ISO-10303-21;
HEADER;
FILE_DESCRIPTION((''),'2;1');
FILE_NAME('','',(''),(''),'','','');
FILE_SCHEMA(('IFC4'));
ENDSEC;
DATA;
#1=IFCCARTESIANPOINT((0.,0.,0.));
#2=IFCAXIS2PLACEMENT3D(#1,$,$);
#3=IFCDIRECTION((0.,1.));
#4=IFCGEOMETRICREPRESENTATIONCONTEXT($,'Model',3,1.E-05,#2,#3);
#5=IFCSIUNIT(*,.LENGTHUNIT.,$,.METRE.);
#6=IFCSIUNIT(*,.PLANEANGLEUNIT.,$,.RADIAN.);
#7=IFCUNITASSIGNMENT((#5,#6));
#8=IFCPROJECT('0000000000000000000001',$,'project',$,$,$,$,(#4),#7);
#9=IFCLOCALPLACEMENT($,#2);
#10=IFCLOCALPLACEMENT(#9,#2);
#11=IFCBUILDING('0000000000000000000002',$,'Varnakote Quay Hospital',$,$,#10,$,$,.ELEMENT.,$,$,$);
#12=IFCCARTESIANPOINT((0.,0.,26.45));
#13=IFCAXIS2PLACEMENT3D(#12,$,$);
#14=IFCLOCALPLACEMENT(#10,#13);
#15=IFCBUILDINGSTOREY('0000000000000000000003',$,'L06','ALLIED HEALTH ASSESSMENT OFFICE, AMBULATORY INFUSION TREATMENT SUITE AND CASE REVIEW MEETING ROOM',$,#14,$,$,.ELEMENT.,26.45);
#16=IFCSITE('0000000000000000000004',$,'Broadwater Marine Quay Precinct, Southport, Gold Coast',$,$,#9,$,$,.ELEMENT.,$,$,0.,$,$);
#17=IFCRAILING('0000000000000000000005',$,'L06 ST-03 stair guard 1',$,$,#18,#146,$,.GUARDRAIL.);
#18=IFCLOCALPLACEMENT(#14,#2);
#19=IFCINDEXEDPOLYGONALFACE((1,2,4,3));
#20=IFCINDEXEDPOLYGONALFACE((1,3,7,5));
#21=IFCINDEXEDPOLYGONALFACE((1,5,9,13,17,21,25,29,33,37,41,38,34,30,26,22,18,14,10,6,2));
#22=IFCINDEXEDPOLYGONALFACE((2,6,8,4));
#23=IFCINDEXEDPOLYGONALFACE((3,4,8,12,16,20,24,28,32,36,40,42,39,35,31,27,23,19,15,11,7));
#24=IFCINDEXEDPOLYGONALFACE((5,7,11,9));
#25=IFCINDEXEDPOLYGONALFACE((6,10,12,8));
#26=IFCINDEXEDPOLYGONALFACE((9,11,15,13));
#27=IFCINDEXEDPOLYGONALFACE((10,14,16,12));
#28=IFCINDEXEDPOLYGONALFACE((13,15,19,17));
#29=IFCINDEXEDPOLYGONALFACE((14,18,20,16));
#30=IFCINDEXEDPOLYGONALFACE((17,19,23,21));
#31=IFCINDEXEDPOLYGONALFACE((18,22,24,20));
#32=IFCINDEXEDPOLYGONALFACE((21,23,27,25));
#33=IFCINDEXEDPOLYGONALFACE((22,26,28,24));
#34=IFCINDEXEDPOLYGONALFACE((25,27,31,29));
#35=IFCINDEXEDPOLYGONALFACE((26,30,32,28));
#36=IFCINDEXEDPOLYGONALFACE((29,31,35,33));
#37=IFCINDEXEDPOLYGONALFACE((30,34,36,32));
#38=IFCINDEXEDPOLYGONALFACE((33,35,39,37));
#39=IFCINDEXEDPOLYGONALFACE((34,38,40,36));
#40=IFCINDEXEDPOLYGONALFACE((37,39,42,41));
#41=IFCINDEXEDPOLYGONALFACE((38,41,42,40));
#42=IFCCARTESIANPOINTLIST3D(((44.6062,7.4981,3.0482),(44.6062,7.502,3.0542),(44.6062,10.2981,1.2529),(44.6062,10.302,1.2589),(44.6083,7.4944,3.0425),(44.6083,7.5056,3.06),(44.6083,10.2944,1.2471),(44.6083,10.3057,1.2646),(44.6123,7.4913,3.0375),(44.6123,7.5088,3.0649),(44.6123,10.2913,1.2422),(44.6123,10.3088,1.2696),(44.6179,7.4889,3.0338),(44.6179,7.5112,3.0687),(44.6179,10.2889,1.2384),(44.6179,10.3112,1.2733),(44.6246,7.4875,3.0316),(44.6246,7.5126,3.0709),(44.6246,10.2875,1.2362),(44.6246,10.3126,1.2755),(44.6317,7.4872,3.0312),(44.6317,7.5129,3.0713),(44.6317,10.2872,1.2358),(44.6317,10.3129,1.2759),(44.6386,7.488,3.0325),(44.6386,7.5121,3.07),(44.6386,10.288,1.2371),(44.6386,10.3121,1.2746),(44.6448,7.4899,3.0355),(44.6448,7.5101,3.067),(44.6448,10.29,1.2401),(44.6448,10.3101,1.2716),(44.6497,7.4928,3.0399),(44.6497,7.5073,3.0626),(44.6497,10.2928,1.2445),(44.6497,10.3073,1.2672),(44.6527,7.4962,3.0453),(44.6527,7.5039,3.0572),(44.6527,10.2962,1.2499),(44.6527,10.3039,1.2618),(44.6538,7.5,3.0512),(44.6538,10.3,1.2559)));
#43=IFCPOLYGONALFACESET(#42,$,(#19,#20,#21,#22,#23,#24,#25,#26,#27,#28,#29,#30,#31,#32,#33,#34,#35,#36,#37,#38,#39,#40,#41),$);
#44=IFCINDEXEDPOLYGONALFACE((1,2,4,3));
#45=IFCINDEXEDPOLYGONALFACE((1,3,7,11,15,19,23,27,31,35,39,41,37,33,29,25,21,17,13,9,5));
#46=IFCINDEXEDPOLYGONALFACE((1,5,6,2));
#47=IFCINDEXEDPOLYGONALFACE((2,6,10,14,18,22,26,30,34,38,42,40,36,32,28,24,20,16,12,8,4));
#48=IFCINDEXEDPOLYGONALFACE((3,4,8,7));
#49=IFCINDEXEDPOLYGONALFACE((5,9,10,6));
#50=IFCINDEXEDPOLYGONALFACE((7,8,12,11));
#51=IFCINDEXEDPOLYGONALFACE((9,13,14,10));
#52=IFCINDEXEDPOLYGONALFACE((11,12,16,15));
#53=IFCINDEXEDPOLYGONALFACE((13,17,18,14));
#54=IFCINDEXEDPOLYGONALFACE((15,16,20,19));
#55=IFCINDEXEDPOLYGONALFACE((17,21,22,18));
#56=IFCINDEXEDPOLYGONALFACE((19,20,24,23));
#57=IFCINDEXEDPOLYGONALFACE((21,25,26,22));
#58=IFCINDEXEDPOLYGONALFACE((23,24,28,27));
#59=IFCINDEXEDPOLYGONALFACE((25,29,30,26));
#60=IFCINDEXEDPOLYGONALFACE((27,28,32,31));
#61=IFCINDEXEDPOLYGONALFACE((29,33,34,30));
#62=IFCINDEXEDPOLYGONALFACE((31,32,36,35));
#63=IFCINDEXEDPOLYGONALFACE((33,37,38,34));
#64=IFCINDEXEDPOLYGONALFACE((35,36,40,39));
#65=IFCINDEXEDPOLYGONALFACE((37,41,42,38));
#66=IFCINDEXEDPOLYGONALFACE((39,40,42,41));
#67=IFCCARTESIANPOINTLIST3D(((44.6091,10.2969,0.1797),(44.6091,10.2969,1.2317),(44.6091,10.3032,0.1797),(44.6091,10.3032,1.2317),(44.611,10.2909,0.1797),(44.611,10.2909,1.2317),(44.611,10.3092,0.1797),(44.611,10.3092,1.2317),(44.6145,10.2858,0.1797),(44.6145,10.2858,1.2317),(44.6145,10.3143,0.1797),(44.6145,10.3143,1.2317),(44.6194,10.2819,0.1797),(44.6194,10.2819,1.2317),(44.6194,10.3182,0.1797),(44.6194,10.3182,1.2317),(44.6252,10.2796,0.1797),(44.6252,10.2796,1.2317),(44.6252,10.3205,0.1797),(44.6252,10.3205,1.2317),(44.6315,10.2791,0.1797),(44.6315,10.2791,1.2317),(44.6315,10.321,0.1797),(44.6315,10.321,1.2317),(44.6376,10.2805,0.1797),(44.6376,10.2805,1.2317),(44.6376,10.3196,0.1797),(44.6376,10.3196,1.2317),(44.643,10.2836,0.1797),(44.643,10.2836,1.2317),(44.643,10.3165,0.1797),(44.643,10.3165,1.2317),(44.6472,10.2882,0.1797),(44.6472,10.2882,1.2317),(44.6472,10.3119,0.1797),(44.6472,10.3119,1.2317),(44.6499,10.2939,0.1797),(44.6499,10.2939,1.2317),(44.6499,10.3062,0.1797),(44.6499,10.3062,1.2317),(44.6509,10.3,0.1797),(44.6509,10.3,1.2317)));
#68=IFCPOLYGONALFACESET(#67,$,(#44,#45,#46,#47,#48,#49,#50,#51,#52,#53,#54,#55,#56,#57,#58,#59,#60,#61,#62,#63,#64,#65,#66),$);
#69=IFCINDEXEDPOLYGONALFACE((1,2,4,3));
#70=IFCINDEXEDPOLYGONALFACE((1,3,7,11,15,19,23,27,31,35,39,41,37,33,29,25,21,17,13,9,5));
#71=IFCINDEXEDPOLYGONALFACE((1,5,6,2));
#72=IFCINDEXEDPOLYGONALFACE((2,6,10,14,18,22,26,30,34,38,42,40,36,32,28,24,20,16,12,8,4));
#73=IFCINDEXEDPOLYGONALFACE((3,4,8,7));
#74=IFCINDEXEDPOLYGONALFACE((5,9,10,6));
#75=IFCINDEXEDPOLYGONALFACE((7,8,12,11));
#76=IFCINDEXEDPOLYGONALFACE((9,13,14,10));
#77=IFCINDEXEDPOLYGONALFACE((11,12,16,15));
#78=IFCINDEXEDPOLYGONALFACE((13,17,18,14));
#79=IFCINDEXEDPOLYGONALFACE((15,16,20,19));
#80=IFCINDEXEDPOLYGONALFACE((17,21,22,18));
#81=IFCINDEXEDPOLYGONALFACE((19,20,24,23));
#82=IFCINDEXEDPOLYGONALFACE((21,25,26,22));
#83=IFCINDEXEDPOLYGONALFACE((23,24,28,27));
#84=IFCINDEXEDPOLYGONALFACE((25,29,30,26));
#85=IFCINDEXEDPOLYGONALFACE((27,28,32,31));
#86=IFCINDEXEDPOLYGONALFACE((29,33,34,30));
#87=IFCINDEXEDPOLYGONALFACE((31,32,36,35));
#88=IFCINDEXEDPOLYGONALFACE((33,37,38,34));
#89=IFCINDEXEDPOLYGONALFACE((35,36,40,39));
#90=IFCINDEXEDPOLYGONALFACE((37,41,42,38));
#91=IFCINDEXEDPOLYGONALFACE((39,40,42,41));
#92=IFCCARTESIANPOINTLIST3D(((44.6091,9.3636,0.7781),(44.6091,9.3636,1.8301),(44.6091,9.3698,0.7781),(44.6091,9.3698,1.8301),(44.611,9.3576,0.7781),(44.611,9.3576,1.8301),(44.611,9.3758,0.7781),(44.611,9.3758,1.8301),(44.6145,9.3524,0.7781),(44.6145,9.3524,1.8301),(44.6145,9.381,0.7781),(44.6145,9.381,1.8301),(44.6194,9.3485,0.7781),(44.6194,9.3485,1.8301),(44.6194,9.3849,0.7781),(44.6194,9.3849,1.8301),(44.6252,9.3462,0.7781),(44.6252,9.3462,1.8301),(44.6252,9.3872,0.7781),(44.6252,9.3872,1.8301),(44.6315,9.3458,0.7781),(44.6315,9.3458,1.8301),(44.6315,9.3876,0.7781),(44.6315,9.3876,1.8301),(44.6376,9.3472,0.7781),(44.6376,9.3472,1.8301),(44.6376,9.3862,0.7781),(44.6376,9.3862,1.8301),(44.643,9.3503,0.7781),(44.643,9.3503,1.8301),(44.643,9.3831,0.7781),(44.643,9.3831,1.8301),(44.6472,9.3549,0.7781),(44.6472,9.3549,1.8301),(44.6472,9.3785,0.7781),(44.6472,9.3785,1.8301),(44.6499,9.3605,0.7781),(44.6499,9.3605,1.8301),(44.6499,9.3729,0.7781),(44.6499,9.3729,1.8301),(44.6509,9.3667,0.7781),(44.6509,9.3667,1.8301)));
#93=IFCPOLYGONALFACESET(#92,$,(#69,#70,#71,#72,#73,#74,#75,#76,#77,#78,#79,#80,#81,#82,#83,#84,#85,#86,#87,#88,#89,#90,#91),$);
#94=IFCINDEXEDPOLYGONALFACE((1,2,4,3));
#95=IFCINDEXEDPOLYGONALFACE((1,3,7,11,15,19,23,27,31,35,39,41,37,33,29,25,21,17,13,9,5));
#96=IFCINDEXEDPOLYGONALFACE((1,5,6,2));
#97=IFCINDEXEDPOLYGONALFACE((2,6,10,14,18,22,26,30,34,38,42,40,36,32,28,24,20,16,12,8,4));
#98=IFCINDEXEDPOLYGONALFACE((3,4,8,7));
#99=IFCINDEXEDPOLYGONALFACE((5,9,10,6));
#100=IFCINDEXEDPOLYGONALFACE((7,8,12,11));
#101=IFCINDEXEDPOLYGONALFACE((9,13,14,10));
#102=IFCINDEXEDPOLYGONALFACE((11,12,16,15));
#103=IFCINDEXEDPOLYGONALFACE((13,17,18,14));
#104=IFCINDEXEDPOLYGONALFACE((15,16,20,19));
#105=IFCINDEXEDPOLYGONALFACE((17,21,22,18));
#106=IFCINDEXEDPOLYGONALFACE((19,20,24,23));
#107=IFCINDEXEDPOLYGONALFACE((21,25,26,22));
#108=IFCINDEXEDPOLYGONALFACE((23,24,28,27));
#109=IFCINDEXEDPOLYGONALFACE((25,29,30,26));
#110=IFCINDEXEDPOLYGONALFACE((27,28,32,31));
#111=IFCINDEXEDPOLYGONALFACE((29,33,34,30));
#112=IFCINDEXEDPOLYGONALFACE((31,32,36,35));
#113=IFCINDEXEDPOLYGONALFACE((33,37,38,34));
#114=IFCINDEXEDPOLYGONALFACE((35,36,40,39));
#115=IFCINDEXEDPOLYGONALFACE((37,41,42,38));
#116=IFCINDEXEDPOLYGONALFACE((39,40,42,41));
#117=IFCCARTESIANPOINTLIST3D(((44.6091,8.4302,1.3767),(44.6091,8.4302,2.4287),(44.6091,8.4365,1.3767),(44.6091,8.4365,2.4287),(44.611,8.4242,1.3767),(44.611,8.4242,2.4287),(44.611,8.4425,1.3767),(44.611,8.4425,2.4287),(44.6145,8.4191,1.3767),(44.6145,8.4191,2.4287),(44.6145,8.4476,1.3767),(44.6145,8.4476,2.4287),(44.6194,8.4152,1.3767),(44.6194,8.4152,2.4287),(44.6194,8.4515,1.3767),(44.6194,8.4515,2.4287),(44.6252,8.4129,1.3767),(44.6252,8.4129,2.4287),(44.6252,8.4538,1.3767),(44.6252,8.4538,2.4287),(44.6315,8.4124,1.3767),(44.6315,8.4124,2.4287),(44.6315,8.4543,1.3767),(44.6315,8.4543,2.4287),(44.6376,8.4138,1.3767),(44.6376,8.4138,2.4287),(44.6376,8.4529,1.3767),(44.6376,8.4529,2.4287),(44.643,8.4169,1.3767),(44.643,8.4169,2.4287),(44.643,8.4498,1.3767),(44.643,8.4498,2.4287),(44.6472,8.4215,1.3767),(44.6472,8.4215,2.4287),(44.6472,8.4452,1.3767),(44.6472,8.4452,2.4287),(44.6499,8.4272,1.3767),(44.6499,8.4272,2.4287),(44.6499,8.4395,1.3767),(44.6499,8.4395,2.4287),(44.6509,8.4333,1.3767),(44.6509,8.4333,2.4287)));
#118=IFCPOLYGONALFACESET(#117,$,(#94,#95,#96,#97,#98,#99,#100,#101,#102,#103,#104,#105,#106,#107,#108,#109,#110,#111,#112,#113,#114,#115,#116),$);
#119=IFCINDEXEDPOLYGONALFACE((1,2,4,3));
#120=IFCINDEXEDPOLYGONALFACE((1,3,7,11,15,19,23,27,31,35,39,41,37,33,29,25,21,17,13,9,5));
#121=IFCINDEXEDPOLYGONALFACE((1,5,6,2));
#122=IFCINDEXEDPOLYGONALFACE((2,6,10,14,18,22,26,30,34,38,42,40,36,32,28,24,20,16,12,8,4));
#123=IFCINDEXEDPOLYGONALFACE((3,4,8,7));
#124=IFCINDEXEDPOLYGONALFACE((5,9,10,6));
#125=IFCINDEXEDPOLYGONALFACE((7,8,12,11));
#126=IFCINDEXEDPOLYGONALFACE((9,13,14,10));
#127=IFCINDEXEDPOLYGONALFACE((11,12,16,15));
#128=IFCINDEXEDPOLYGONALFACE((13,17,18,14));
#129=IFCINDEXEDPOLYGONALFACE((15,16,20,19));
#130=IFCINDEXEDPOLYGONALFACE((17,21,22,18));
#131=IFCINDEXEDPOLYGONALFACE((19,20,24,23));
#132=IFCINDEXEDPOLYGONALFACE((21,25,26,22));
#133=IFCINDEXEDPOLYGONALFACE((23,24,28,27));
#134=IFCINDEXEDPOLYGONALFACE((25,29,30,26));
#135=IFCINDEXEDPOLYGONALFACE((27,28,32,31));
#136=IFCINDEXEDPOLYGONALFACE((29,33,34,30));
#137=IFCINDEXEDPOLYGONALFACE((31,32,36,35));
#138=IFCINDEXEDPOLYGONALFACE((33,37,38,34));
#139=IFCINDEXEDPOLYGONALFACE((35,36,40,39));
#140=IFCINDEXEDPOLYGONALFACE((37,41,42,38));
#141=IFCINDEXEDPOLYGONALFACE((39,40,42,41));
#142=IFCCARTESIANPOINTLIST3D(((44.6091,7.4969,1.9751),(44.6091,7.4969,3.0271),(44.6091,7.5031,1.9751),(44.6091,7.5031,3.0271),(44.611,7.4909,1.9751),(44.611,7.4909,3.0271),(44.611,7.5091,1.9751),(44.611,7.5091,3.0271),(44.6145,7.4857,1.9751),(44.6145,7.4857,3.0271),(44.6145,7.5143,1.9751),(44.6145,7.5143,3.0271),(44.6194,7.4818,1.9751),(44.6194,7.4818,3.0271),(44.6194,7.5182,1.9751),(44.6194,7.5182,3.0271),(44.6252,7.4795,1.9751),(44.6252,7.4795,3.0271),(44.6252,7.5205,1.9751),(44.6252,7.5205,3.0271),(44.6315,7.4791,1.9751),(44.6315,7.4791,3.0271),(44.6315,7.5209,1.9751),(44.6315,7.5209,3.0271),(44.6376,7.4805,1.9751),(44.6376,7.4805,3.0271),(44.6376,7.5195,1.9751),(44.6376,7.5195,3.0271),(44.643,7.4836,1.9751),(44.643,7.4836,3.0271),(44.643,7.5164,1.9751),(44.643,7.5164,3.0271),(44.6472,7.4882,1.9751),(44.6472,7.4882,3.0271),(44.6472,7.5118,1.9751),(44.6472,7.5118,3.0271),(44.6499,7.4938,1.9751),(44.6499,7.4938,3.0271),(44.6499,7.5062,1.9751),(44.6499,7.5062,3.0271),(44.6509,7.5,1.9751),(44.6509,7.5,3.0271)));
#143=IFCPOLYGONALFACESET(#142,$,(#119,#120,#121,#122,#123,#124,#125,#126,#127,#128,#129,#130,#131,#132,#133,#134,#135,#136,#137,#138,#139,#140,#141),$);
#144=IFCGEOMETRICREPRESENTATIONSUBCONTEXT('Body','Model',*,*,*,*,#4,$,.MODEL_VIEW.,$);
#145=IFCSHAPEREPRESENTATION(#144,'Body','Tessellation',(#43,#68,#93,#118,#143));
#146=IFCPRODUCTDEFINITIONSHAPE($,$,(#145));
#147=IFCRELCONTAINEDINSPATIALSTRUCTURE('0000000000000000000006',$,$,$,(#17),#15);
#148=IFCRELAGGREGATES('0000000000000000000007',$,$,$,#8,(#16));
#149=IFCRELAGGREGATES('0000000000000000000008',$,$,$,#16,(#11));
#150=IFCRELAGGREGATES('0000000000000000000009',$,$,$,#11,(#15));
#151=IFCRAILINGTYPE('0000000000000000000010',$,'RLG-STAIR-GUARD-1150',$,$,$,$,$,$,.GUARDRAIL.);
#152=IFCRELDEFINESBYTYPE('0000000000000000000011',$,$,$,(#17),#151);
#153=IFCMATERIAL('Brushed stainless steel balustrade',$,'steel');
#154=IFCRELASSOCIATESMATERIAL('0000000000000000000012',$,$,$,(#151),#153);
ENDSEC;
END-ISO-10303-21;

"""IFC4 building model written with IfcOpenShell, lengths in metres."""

from ifc_helpers import new_model, si_unit, direction, frame, origin, origin_2d, place, context, subcontext, project, spatial, circle, extrude, material, type_object, element, save


model = new_model("IFC4")

# Units and contexts
model_context = context("Model", 3, precision=1e-05, world=origin(), true_north=direction((0.0, 1.0)))
body_context = subcontext(model_context, "Body", "Model", "MODEL_VIEW")
ifc_project = project(units=[si_unit("LENGTHUNIT", "METRE"), si_unit("PLANEANGLEUNIT", "RADIAN")], contexts=[model_context])

# Site, building, storey
site_placement = place(None, origin())
site = spatial("IfcSite", under=ifc_project, at=site_placement, Name="Broadwater Marine Quay Precinct, Southport, Gold Coast", CompositionType="ELEMENT", RefElevation=0.0)
building_placement = place(site_placement, origin())
building = spatial("IfcBuilding", under=site, at=building_placement, Name="Varnakote Quay Hospital", CompositionType="ELEMENT")
storey_placement = place(building_placement, frame((0.0, 0.0, 26.45)))
storey = spatial("IfcBuildingStorey", under=building, at=storey_placement, Name="L06", Description="ALLIED HEALTH ASSESSMENT OFFICE, AMBULATORY INFUSION TREATMENT SUITE AND CASE REVIEW MEETING ROOM", CompositionType="ELEMENT", Elevation=26.45)

# Railing
ifc_material_1 = material(Name="Brushed stainless steel balustrade", Category="steel")
railing_type_1 = type_object("IfcRailingType", Name="RLG-STAIR-GUARD-1150", PredefinedType="GUARDRAIL", material=ifc_material_1)
railing_1_placement = place(storey_placement, frame((44.6299, 10.3, 0.1797)))
element("IfcRailing", 1, at=railing_1_placement, inside=storey, type_object=railing_type_1, Name="L06 ST-03 stair guard 1", PredefinedType="GUARDRAIL", context=body_context, shape_type="SweptSolid", body=[
    extrude(circle(Radius=0.0239, at=origin_2d()), frame((0.0, 0.0, 1.0762), z_axis=(0.0, -0.84181, 0.539774), x_axis=(1.0, 0.0, 0.0)), (0.0, 0.0, 1.0), 3.3262),
    extrude(circle(Radius=0.021, at=origin_2d()), origin(), (0.0, 0.0, 1.0), 1.052),
    extrude(circle(Radius=0.021, at=origin_2d()), frame((0.0, -0.9333, 0.5984)), (0.0, 0.0, 1.0), 1.052),
    extrude(circle(Radius=0.021, at=origin_2d()), frame((0.0, -1.8667, 1.197)), (0.0, 0.0, 1.0), 1.052),
    extrude(circle(Radius=0.021, at=origin_2d()), frame((0.0, -2.8, 1.7954)), (0.0, 0.0, 1.0), 1.052),
])

save(model, "model.ifc")
